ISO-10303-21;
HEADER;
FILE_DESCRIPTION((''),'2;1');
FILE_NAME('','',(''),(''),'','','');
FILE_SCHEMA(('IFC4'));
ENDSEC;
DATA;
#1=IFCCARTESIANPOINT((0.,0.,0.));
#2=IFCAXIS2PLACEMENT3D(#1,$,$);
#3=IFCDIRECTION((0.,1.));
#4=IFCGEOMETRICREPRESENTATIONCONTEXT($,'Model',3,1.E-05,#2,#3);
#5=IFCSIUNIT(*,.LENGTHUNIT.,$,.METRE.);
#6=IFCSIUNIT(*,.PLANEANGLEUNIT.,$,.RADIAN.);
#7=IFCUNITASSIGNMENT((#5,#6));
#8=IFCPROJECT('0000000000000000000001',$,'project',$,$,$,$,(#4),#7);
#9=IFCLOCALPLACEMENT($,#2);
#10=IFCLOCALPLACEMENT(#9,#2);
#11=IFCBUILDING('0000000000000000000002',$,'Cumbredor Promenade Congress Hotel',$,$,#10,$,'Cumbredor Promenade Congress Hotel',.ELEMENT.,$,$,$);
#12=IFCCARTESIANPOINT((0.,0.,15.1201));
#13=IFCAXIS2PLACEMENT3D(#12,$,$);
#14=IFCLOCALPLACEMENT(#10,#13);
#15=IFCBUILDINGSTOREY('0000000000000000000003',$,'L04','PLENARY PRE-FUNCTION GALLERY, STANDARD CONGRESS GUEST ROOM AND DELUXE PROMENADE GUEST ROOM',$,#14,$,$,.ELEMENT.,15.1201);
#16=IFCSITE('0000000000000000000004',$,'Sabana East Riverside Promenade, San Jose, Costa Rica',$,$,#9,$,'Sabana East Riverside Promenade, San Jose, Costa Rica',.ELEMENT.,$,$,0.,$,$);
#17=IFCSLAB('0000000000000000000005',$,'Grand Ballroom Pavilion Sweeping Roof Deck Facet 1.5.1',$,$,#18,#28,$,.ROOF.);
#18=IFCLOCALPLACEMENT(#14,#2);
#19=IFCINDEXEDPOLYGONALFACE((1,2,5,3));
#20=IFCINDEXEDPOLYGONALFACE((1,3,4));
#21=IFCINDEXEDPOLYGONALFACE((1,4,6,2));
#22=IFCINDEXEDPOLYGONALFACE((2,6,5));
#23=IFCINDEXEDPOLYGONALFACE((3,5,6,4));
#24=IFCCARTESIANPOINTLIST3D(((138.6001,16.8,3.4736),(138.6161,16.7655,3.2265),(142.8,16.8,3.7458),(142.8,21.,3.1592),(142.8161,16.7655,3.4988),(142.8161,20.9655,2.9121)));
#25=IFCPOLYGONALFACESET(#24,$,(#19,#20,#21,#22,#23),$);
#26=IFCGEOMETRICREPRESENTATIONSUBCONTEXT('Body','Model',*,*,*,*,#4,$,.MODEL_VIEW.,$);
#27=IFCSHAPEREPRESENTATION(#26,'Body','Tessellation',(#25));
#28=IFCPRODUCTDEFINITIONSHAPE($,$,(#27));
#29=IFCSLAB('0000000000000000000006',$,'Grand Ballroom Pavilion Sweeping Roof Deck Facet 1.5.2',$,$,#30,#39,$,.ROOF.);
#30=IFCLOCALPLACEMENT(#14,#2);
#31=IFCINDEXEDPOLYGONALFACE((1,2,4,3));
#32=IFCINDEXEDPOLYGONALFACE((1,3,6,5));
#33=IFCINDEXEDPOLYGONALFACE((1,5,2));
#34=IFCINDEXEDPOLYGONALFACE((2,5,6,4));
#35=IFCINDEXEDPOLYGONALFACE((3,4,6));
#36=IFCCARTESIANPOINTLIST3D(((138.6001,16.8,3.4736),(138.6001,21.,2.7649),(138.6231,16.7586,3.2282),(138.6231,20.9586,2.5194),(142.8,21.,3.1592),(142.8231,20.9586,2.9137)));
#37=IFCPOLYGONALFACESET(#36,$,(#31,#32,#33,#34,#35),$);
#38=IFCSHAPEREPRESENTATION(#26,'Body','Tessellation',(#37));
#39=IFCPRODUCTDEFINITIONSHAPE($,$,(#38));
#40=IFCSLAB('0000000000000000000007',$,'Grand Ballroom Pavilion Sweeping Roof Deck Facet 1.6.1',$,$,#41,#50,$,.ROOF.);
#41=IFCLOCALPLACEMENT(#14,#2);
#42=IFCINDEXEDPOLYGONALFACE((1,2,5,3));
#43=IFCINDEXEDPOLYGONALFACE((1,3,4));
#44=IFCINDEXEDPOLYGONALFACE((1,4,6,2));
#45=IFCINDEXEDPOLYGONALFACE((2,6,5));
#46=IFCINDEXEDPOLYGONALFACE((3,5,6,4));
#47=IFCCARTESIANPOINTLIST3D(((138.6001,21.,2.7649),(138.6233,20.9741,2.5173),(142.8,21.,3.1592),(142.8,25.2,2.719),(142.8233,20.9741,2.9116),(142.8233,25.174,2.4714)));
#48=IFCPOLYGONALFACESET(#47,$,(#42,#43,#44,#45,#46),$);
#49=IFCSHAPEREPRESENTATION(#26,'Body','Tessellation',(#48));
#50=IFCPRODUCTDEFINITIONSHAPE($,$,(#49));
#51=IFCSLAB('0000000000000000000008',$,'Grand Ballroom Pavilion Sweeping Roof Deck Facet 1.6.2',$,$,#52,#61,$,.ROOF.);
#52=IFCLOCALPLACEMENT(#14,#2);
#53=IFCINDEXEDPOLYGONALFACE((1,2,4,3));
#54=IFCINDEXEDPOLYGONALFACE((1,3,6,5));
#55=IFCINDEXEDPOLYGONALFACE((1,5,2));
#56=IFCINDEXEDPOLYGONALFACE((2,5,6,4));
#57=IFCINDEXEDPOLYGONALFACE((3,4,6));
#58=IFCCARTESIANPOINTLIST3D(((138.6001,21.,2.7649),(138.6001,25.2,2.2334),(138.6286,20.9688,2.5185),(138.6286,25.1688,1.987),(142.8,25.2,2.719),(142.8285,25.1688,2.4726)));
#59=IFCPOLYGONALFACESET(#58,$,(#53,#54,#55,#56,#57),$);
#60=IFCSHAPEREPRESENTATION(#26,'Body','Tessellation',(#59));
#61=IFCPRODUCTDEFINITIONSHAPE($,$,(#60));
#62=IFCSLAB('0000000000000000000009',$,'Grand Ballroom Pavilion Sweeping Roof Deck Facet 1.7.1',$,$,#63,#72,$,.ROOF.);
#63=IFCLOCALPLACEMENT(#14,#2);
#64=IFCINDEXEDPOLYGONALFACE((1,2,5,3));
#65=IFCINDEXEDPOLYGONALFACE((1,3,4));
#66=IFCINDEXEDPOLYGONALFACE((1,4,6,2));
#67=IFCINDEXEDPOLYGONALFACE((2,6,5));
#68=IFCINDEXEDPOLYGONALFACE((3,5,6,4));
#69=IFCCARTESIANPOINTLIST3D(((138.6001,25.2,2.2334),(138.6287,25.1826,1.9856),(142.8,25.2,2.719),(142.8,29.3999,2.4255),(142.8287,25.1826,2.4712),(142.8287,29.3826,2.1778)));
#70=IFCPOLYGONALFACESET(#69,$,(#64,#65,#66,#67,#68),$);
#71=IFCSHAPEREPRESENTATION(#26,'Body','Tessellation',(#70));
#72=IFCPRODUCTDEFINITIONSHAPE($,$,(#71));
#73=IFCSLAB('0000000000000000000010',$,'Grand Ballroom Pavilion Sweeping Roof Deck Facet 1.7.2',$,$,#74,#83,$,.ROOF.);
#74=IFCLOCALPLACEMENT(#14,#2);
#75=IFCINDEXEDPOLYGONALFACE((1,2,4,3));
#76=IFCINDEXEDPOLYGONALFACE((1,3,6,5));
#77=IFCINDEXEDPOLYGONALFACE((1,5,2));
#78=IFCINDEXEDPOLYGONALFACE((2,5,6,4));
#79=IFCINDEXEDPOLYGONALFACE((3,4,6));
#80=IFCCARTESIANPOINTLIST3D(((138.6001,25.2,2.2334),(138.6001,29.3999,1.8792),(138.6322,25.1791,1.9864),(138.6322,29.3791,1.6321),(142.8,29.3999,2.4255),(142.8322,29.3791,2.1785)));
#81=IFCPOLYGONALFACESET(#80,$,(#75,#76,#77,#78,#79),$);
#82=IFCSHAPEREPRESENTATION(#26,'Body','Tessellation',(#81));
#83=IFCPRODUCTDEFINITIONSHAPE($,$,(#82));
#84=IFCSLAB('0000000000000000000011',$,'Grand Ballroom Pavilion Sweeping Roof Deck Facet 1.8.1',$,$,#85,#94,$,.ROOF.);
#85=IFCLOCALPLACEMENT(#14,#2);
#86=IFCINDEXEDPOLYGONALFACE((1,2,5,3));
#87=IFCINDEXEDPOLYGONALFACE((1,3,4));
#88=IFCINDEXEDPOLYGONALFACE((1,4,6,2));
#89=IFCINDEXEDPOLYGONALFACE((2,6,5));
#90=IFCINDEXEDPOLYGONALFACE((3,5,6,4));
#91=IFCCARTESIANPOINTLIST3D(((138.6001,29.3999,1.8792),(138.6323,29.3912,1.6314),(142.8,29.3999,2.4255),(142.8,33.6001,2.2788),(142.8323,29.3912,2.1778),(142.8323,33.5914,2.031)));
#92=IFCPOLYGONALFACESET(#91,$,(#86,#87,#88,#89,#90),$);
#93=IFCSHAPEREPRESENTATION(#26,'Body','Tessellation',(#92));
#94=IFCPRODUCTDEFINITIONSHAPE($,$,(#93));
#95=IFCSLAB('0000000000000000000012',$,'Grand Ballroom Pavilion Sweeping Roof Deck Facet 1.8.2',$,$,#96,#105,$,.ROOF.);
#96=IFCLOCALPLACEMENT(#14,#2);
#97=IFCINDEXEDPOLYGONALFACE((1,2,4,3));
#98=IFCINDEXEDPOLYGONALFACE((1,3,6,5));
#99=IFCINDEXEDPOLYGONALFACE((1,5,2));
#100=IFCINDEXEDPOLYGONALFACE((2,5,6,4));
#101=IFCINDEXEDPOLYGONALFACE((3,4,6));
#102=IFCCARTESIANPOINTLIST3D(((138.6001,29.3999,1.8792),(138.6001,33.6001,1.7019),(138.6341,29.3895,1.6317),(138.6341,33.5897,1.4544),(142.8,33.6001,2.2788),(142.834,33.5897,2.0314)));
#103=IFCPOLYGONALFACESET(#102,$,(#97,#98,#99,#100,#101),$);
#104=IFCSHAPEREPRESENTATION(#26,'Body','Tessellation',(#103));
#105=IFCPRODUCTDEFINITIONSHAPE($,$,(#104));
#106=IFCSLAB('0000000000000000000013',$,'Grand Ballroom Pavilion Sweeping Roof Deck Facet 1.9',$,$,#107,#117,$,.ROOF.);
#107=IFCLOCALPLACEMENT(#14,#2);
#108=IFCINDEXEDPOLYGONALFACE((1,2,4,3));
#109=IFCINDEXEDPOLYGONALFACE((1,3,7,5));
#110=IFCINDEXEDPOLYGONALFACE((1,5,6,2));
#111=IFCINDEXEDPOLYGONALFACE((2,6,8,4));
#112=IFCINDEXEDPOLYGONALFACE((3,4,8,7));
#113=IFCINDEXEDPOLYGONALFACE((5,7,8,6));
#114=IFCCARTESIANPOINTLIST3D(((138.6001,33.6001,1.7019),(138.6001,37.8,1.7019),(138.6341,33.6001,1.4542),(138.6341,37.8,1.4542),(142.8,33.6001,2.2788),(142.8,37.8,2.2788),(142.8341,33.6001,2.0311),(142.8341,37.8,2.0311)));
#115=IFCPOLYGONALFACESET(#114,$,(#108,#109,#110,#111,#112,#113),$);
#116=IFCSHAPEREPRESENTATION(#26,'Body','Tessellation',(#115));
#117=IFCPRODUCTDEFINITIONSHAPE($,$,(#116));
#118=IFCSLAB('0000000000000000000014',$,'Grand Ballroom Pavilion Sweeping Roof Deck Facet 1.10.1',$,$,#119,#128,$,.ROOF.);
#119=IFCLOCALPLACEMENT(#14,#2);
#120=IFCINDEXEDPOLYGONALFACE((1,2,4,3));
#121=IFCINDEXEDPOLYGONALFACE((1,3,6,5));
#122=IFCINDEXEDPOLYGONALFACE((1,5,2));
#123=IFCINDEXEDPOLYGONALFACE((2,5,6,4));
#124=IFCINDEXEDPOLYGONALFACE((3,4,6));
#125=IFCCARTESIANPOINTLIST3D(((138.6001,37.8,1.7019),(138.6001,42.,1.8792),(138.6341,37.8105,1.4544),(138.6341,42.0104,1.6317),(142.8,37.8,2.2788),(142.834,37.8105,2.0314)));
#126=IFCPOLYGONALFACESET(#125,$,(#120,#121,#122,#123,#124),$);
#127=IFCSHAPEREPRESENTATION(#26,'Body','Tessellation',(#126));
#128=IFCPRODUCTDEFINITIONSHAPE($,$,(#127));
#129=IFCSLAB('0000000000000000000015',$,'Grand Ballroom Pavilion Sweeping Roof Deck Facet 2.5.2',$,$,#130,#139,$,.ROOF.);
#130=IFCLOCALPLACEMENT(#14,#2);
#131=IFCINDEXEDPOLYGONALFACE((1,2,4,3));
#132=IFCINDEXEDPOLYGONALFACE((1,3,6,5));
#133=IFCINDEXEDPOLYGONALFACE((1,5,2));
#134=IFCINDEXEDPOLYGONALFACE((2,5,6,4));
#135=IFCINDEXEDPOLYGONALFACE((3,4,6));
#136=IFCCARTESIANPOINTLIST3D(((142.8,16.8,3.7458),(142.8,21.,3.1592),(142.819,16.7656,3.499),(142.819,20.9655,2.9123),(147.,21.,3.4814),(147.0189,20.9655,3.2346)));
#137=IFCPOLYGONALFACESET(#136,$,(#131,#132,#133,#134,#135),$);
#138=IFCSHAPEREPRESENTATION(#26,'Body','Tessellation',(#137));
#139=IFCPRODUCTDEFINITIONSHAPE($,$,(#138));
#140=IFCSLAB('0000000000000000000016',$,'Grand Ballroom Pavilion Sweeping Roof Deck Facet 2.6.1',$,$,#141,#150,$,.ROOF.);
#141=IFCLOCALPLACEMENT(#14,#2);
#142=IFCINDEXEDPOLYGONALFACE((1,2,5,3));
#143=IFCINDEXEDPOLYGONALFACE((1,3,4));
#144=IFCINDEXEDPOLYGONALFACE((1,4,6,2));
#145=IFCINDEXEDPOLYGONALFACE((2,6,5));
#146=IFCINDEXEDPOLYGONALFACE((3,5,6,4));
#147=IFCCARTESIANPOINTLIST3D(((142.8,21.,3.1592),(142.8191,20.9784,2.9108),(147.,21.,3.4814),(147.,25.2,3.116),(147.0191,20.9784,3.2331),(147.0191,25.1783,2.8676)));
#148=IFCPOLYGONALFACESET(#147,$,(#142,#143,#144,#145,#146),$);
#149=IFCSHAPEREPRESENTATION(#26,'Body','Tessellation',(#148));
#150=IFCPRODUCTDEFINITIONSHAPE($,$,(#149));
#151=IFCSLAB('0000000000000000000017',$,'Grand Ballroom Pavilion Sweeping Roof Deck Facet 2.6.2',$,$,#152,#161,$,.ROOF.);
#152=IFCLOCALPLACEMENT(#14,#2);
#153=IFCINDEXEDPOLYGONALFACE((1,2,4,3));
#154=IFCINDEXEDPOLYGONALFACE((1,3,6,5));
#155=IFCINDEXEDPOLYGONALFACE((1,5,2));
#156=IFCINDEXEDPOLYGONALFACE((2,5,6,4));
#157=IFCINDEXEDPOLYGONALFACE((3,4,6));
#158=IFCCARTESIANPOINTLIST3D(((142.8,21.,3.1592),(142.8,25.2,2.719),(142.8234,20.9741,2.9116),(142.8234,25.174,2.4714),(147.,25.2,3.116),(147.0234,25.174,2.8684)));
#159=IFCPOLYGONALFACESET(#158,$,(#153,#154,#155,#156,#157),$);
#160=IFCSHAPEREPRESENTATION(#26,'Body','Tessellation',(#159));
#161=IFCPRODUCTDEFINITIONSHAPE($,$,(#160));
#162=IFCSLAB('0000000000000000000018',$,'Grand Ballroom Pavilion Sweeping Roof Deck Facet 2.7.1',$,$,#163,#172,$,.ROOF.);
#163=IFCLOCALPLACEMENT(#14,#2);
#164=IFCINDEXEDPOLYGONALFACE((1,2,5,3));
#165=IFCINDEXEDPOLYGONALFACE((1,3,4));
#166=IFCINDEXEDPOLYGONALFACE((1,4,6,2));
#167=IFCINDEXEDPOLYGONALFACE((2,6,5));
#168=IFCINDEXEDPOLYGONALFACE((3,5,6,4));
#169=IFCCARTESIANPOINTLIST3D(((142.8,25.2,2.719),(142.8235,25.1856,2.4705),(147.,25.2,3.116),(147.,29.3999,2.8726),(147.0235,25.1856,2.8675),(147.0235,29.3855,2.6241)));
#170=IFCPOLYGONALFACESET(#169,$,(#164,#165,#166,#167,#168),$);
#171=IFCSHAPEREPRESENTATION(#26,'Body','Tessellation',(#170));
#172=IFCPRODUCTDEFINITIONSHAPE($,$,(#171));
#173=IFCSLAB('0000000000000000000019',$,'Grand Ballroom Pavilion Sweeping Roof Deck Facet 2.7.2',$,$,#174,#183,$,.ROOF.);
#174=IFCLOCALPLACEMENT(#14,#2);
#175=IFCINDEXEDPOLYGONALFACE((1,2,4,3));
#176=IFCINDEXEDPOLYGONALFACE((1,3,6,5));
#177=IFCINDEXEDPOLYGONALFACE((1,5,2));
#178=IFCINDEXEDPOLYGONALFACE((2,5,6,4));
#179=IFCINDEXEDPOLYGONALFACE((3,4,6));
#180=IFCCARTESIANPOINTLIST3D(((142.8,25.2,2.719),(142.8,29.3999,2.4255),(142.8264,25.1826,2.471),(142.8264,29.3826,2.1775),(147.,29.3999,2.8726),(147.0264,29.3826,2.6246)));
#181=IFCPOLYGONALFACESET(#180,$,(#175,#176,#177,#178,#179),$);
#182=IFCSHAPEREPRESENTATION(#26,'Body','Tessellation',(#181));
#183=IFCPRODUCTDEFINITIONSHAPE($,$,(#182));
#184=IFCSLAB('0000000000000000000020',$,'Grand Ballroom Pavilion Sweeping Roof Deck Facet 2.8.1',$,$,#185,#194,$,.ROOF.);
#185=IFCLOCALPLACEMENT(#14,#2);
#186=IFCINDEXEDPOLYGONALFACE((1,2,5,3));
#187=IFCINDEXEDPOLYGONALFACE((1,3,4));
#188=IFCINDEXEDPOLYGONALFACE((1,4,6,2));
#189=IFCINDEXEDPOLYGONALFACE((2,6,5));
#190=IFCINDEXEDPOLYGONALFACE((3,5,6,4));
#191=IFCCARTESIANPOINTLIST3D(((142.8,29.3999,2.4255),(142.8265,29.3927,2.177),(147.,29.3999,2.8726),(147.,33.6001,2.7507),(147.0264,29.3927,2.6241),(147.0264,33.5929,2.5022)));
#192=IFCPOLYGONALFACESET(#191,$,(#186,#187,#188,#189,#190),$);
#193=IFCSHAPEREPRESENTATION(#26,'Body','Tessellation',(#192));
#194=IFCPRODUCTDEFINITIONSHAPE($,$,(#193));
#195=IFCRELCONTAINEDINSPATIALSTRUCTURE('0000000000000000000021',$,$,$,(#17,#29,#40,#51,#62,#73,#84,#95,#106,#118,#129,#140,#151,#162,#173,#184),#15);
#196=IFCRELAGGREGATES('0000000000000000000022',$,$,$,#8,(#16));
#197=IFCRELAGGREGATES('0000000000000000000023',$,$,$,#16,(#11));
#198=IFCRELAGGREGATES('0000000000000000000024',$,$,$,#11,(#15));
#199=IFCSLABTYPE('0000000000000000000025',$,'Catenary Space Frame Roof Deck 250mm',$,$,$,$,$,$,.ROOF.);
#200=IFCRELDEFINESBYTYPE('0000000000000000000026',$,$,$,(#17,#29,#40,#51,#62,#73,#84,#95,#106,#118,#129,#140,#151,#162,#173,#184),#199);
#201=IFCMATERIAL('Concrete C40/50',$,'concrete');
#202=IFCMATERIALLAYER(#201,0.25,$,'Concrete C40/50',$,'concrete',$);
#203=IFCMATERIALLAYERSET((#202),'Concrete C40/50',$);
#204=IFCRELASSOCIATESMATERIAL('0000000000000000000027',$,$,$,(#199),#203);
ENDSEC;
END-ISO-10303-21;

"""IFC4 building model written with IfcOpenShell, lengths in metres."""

from ifc_helpers import new_model, si_unit, direction, frame, origin, place, context, subcontext, project, spatial, polyline, outline, extrude, material, layer, layer_set, type_object, element, save


model = new_model("IFC4")

# Units and contexts
model_context = context("Model", 3, precision=1e-05, world=origin(), true_north=direction((0.0, 1.0)))
body_context = subcontext(model_context, "Body", "Model", "MODEL_VIEW")
ifc_project = project(units=[si_unit("LENGTHUNIT", "METRE"), si_unit("PLANEANGLEUNIT", "RADIAN")], contexts=[model_context])

# Site, building, storey
site_placement = place(None, origin())
site = spatial("IfcSite", under=ifc_project, at=site_placement, Name="Sabana East Riverside Promenade, San Jose, Costa Rica", LongName="Sabana East Riverside Promenade, San Jose, Costa Rica", CompositionType="ELEMENT", RefElevation=0.0)
building_placement = place(site_placement, origin())
building = spatial("IfcBuilding", under=site, at=building_placement, Name="Cumbredor Promenade Congress Hotel", LongName="Cumbredor Promenade Congress Hotel", CompositionType="ELEMENT")
storey_placement = place(building_placement, frame((0.0, 0.0, 15.1201)))
storey = spatial("IfcBuildingStorey", under=building, at=storey_placement, Name="L04", Description="PLENARY PRE-FUNCTION GALLERY, STANDARD CONGRESS GUEST ROOM AND DELUXE PROMENADE GUEST ROOM", CompositionType="ELEMENT", Elevation=15.1201)

# Slabs
ifc_material_1 = material(Name="Concrete C40/50", Category="concrete")
ifc_layer_1 = layer(ifc_material_1, 0.25, Name="Concrete C40/50", Category="concrete")
ifc_layer_set_1 = layer_set([ifc_layer_1], Name="Concrete C40/50")
slab_type = type_object("IfcSlabType", Name="Catenary Space Frame Roof Deck 250mm", PredefinedType="ROOF", material=ifc_layer_set_1)
slab_1_placement = place(storey_placement, frame((138.6001, 16.8, 3.4736), z_axis=(-0.064059, 0.138058, 0.98835), x_axis=(0.997906, 0.0, 0.064679)))
element("IfcSlab", 1, at=slab_1_placement, inside=storey, type_object=slab_type, Name="Grand Ballroom Pavilion Sweeping Roof Deck Facet 1.5.1", PredefinedType="ROOF", context=body_context, shape_type="SweptSolid", body=[
    extrude(outline(polyline([(0.0, 0.0), (4.2088, 0.0), (4.1708, 4.2406), (0.0, 0.0)])), origin(), (0.0, 0.0, -1.0), 0.25),
])
slab_2_placement = place(storey_placement, frame((138.6001, 16.8, 3.4736), z_axis=(-0.092176, 0.165689, 0.981861), x_axis=(0.706118, 0.706118, -0.052868)))
element("IfcSlab", 2, at=slab_2_placement, inside=storey, type_object=slab_type, Name="Grand Ballroom Pavilion Sweeping Roof Deck Facet 1.5.2", PredefinedType="ROOF", context=body_context, shape_type="SweptSolid", body=[
    extrude(outline(polyline([(0.0, 0.0), (5.9479, 0.0), (3.0031, 3.0204), (0.0, 0.0)])), origin(), (0.0, 0.0, -1.0), 0.25),
])
slab_3_placement = place(storey_placement, frame((138.6001, 21.0, 2.7649), z_axis=(-0.092963, 0.103785, 0.990246), x_axis=(0.995622, 0.0, 0.093468)))
element("IfcSlab", 3, at=slab_3_placement, inside=storey, type_object=slab_type, Name="Grand Ballroom Pavilion Sweeping Roof Deck Facet 1.6.1", PredefinedType="ROOF", context=body_context, shape_type="SweptSolid", body=[
    extrude(outline(polyline([(0.0, 0.0), (4.2184, 0.0), (4.1773, 4.2228), (0.0, 0.0)])), origin(), (0.0, 0.0, -1.0), 0.25),
])
slab_4_placement = place(storey_placement, frame((138.6001, 21.0, 2.7649), z_axis=(-0.113957, 0.124729, 0.985625), x_axis=(0.707086, 0.707086, -0.007727)))
element("IfcSlab", 4, at=slab_4_placement, inside=storey, type_object=slab_type, Name="Grand Ballroom Pavilion Sweeping Roof Deck Facet 1.6.2", PredefinedType="ROOF", context=body_context, shape_type="SweptSolid", body=[
    extrude(outline(polyline([(0.0, 0.0), (5.9398, 0.0), (2.9738, 3.013), (0.0, 0.0)])), origin(), (0.0, 0.0, -1.0), 0.25),
])
slab_5_placement = place(storey_placement, frame((138.6001, 25.2, 2.2334), z_axis=(-0.114579, 0.069243, 0.990998), x_axis=(0.993382, 0.0, 0.114854)))
element("IfcSlab", 5, at=slab_5_placement, inside=storey, type_object=slab_type, Name="Grand Ballroom Pavilion Sweeping Roof Deck Facet 1.7.1", PredefinedType="ROOF", context=body_context, shape_type="SweptSolid", body=[
    extrude(outline(polyline([(0.0, 0.0), (4.2279, 0.0), (4.1942, 4.2101), (0.0, 0.0)])), origin(), (0.0, 0.0, -1.0), 0.25),
])
slab_6_placement = place(storey_placement, frame((138.6001, 25.2, 2.2334), z_axis=(-0.128558, 0.08335, 0.988193), x_axis=(0.706737, 0.706737, 0.032332)))
element("IfcSlab", 6, at=slab_6_placement, inside=storey, type_object=slab_type, Name="Grand Ballroom Pavilion Sweeping Roof Deck Facet 1.7.2", PredefinedType="ROOF", context=body_context, shape_type="SweptSolid", body=[
    extrude(outline(polyline([(0.0, 0.0), (5.9427, 0.0), (2.9568, 3.0037), (0.0, 0.0)])), origin(), (0.0, 0.0, -1.0), 0.25),
])
slab_7_placement = place(storey_placement, frame((138.6001, 29.3999, 1.8792), z_axis=(-0.128929, 0.034621, 0.991049), x_axis=(0.991644, 0.0, 0.129006)))
element("IfcSlab", 7, at=slab_7_placement, inside=storey, type_object=slab_type, Name="Grand Ballroom Pavilion Sweeping Roof Deck Facet 1.8.1", PredefinedType="ROOF", context=body_context, shape_type="SweptSolid", body=[
    extrude(outline(polyline([(0.0, 0.0), (4.2353, 0.0), (4.2164, 4.2027), (0.0, 0.0)])), origin(), (0.0, 0.0, -1.0), 0.25),
])
slab_8_placement = place(storey_placement, frame((138.6001, 29.3999, 1.8792), z_axis=(-0.135963, 0.04177, 0.989833), x_axis=(0.705491, 0.705532, 0.067133)))
element("IfcSlab", 8, at=slab_8_placement, inside=storey, type_object=slab_type, Name="Grand Ballroom Pavilion Sweeping Roof Deck Facet 1.8.2", PredefinedType="ROOF", context=body_context, shape_type="SweptSolid", body=[
    extrude(outline(polyline([(0.0, 0.0), (5.9532, 0.0), (2.9515, 2.9936), (0.0, 0.0)])), origin(), (0.0, 0.0, -1.0), 0.25),
])
slab_9_placement = place(storey_placement, frame((138.6001, 33.6001, 1.7019), z_axis=(-0.136082, 0.0, 0.990698), x_axis=(0.990698, 0.0, 0.136082)))
element("IfcSlab", 9, at=slab_9_placement, inside=storey, type_object=slab_type, Name="Grand Ballroom Pavilion Sweeping Roof Deck Facet 1.9", PredefinedType="ROOF", context=body_context, shape_type="SweptSolid", body=[
    extrude(outline(polyline([(0.0, 0.0), (4.2394, 0.0), (4.2394, 4.2), (0.0, 4.2), (0.0, 0.0)])), origin(), (0.0, 0.0, -1.0), 0.25),
])
slab_10_placement = place(storey_placement, frame((138.6001, 37.8, 1.7019), z_axis=(-0.135963, -0.041773, 0.989833), x_axis=(0.990698, 0.0, 0.136082)))
element("IfcSlab", 10, at=slab_10_placement, inside=storey, type_object=slab_type, Name="Grand Ballroom Pavilion Sweeping Roof Deck Facet 1.10.1", PredefinedType="ROOF", context=body_context, shape_type="SweptSolid", body=[
    extrude(outline(polyline([(0.0, 0.0), (4.2394, 0.0), (0.0241, 4.2036), (0.0, 0.0)])), origin(), (0.0, 0.0, -1.0), 0.25),
])
slab_11_placement = place(storey_placement, frame((142.8, 16.8, 3.7458), z_axis=(-0.075775, 0.137944, 0.987537), x_axis=(0.706407, 0.706407, -0.044471)))
element("IfcSlab", 11, at=slab_11_placement, inside=storey, type_object=slab_type, Name="Grand Ballroom Pavilion Sweeping Roof Deck Facet 2.5.2", PredefinedType="ROOF", context=body_context, shape_type="SweptSolid", body=[
    extrude(outline(polyline([(0.0, 0.0), (5.9455, 0.0), (2.993, 3.0043), (0.0, 0.0)])), origin(), (0.0, 0.0, -1.0), 0.25),
])
slab_12_placement = place(storey_placement, frame((142.8, 21.0, 3.1592), z_axis=(-0.07622, 0.08644, 0.993337), x_axis=(0.997069, 0.0, 0.076506)))
element("IfcSlab", 12, at=slab_12_placement, inside=storey, type_object=slab_type, Name="Grand Ballroom Pavilion Sweeping Roof Deck Facet 2.6.1", PredefinedType="ROOF", context=body_context, shape_type="SweptSolid", body=[
    extrude(outline(polyline([(0.0, 0.0), (4.2123, 0.0), (4.1843, 4.2157), (0.0, 0.0)])), origin(), (0.0, 0.0, -1.0), 0.25),
])
slab_13_placement = place(storey_placement, frame((142.8, 21.0, 3.1592), z_axis=(-0.093591, 0.103779, 0.990187), x_axis=(0.707088, 0.707088, -0.007275)))
element("IfcSlab", 13, at=slab_13_placement, inside=storey, type_object=slab_type, Name="Grand Ballroom Pavilion Sweeping Roof Deck Facet 2.6.2", PredefinedType="ROOF", context=body_context, shape_type="SweptSolid", body=[
    extrude(outline(polyline([(0.0, 0.0), (5.9398, 0.0), (2.9729, 2.9992), (0.0, 0.0)])), origin(), (0.0, 0.0, -1.0), 0.25),
])
slab_14_placement = place(storey_placement, frame((142.8, 25.2, 2.719), z_axis=(-0.093943, 0.057602, 0.99391), x_axis=(0.995563, 0.0, 0.094099)))
element("IfcSlab", 14, at=slab_14_placement, inside=storey, type_object=slab_type, Name="Grand Ballroom Pavilion Sweeping Roof Deck Facet 2.7.1", PredefinedType="ROOF", context=body_context, shape_type="SweptSolid", body=[
    extrude(outline(polyline([(0.0, 0.0), (4.2187, 0.0), (4.1958, 4.2069), (0.0, 0.0)])), origin(), (0.0, 0.0, -1.0), 0.25),
])
slab_15_placement = place(storey_placement, frame((142.8, 25.2, 2.719), z_axis=(-0.105583, 0.069312, 0.991992), x_axis=(0.706871, 0.706871, 0.025846)))
element("IfcSlab", 15, at=slab_15_placement, inside=storey, type_object=slab_type, Name="Grand Ballroom Pavilion Sweeping Roof Deck Facet 2.7.2", PredefinedType="ROOF", context=body_context, shape_type="SweptSolid", body=[
    extrude(outline(polyline([(0.0, 0.0), (5.9416, 0.0), (2.9612, 2.9928), (0.0, 0.0)])), origin(), (0.0, 0.0, -1.0), 0.25),
])
slab_16_placement = place(storey_placement, frame((142.8, 29.3999, 2.4255), z_axis=(-0.105793, 0.02883, 0.99397), x_axis=(0.994383, 0.0, 0.105837)))
element("IfcSlab", 16, at=slab_16_placement, inside=storey, type_object=slab_type, Name="Grand Ballroom Pavilion Sweeping Roof Deck Facet 2.8.1", PredefinedType="ROOF", context=body_context, shape_type="SweptSolid", body=[
    extrude(outline(polyline([(0.0, 0.0), (4.2237, 0.0), (4.2108, 4.2019), (0.0, 0.0)])), origin(), (0.0, 0.0, -1.0), 0.25),
])

save(model, "model.ifc")
